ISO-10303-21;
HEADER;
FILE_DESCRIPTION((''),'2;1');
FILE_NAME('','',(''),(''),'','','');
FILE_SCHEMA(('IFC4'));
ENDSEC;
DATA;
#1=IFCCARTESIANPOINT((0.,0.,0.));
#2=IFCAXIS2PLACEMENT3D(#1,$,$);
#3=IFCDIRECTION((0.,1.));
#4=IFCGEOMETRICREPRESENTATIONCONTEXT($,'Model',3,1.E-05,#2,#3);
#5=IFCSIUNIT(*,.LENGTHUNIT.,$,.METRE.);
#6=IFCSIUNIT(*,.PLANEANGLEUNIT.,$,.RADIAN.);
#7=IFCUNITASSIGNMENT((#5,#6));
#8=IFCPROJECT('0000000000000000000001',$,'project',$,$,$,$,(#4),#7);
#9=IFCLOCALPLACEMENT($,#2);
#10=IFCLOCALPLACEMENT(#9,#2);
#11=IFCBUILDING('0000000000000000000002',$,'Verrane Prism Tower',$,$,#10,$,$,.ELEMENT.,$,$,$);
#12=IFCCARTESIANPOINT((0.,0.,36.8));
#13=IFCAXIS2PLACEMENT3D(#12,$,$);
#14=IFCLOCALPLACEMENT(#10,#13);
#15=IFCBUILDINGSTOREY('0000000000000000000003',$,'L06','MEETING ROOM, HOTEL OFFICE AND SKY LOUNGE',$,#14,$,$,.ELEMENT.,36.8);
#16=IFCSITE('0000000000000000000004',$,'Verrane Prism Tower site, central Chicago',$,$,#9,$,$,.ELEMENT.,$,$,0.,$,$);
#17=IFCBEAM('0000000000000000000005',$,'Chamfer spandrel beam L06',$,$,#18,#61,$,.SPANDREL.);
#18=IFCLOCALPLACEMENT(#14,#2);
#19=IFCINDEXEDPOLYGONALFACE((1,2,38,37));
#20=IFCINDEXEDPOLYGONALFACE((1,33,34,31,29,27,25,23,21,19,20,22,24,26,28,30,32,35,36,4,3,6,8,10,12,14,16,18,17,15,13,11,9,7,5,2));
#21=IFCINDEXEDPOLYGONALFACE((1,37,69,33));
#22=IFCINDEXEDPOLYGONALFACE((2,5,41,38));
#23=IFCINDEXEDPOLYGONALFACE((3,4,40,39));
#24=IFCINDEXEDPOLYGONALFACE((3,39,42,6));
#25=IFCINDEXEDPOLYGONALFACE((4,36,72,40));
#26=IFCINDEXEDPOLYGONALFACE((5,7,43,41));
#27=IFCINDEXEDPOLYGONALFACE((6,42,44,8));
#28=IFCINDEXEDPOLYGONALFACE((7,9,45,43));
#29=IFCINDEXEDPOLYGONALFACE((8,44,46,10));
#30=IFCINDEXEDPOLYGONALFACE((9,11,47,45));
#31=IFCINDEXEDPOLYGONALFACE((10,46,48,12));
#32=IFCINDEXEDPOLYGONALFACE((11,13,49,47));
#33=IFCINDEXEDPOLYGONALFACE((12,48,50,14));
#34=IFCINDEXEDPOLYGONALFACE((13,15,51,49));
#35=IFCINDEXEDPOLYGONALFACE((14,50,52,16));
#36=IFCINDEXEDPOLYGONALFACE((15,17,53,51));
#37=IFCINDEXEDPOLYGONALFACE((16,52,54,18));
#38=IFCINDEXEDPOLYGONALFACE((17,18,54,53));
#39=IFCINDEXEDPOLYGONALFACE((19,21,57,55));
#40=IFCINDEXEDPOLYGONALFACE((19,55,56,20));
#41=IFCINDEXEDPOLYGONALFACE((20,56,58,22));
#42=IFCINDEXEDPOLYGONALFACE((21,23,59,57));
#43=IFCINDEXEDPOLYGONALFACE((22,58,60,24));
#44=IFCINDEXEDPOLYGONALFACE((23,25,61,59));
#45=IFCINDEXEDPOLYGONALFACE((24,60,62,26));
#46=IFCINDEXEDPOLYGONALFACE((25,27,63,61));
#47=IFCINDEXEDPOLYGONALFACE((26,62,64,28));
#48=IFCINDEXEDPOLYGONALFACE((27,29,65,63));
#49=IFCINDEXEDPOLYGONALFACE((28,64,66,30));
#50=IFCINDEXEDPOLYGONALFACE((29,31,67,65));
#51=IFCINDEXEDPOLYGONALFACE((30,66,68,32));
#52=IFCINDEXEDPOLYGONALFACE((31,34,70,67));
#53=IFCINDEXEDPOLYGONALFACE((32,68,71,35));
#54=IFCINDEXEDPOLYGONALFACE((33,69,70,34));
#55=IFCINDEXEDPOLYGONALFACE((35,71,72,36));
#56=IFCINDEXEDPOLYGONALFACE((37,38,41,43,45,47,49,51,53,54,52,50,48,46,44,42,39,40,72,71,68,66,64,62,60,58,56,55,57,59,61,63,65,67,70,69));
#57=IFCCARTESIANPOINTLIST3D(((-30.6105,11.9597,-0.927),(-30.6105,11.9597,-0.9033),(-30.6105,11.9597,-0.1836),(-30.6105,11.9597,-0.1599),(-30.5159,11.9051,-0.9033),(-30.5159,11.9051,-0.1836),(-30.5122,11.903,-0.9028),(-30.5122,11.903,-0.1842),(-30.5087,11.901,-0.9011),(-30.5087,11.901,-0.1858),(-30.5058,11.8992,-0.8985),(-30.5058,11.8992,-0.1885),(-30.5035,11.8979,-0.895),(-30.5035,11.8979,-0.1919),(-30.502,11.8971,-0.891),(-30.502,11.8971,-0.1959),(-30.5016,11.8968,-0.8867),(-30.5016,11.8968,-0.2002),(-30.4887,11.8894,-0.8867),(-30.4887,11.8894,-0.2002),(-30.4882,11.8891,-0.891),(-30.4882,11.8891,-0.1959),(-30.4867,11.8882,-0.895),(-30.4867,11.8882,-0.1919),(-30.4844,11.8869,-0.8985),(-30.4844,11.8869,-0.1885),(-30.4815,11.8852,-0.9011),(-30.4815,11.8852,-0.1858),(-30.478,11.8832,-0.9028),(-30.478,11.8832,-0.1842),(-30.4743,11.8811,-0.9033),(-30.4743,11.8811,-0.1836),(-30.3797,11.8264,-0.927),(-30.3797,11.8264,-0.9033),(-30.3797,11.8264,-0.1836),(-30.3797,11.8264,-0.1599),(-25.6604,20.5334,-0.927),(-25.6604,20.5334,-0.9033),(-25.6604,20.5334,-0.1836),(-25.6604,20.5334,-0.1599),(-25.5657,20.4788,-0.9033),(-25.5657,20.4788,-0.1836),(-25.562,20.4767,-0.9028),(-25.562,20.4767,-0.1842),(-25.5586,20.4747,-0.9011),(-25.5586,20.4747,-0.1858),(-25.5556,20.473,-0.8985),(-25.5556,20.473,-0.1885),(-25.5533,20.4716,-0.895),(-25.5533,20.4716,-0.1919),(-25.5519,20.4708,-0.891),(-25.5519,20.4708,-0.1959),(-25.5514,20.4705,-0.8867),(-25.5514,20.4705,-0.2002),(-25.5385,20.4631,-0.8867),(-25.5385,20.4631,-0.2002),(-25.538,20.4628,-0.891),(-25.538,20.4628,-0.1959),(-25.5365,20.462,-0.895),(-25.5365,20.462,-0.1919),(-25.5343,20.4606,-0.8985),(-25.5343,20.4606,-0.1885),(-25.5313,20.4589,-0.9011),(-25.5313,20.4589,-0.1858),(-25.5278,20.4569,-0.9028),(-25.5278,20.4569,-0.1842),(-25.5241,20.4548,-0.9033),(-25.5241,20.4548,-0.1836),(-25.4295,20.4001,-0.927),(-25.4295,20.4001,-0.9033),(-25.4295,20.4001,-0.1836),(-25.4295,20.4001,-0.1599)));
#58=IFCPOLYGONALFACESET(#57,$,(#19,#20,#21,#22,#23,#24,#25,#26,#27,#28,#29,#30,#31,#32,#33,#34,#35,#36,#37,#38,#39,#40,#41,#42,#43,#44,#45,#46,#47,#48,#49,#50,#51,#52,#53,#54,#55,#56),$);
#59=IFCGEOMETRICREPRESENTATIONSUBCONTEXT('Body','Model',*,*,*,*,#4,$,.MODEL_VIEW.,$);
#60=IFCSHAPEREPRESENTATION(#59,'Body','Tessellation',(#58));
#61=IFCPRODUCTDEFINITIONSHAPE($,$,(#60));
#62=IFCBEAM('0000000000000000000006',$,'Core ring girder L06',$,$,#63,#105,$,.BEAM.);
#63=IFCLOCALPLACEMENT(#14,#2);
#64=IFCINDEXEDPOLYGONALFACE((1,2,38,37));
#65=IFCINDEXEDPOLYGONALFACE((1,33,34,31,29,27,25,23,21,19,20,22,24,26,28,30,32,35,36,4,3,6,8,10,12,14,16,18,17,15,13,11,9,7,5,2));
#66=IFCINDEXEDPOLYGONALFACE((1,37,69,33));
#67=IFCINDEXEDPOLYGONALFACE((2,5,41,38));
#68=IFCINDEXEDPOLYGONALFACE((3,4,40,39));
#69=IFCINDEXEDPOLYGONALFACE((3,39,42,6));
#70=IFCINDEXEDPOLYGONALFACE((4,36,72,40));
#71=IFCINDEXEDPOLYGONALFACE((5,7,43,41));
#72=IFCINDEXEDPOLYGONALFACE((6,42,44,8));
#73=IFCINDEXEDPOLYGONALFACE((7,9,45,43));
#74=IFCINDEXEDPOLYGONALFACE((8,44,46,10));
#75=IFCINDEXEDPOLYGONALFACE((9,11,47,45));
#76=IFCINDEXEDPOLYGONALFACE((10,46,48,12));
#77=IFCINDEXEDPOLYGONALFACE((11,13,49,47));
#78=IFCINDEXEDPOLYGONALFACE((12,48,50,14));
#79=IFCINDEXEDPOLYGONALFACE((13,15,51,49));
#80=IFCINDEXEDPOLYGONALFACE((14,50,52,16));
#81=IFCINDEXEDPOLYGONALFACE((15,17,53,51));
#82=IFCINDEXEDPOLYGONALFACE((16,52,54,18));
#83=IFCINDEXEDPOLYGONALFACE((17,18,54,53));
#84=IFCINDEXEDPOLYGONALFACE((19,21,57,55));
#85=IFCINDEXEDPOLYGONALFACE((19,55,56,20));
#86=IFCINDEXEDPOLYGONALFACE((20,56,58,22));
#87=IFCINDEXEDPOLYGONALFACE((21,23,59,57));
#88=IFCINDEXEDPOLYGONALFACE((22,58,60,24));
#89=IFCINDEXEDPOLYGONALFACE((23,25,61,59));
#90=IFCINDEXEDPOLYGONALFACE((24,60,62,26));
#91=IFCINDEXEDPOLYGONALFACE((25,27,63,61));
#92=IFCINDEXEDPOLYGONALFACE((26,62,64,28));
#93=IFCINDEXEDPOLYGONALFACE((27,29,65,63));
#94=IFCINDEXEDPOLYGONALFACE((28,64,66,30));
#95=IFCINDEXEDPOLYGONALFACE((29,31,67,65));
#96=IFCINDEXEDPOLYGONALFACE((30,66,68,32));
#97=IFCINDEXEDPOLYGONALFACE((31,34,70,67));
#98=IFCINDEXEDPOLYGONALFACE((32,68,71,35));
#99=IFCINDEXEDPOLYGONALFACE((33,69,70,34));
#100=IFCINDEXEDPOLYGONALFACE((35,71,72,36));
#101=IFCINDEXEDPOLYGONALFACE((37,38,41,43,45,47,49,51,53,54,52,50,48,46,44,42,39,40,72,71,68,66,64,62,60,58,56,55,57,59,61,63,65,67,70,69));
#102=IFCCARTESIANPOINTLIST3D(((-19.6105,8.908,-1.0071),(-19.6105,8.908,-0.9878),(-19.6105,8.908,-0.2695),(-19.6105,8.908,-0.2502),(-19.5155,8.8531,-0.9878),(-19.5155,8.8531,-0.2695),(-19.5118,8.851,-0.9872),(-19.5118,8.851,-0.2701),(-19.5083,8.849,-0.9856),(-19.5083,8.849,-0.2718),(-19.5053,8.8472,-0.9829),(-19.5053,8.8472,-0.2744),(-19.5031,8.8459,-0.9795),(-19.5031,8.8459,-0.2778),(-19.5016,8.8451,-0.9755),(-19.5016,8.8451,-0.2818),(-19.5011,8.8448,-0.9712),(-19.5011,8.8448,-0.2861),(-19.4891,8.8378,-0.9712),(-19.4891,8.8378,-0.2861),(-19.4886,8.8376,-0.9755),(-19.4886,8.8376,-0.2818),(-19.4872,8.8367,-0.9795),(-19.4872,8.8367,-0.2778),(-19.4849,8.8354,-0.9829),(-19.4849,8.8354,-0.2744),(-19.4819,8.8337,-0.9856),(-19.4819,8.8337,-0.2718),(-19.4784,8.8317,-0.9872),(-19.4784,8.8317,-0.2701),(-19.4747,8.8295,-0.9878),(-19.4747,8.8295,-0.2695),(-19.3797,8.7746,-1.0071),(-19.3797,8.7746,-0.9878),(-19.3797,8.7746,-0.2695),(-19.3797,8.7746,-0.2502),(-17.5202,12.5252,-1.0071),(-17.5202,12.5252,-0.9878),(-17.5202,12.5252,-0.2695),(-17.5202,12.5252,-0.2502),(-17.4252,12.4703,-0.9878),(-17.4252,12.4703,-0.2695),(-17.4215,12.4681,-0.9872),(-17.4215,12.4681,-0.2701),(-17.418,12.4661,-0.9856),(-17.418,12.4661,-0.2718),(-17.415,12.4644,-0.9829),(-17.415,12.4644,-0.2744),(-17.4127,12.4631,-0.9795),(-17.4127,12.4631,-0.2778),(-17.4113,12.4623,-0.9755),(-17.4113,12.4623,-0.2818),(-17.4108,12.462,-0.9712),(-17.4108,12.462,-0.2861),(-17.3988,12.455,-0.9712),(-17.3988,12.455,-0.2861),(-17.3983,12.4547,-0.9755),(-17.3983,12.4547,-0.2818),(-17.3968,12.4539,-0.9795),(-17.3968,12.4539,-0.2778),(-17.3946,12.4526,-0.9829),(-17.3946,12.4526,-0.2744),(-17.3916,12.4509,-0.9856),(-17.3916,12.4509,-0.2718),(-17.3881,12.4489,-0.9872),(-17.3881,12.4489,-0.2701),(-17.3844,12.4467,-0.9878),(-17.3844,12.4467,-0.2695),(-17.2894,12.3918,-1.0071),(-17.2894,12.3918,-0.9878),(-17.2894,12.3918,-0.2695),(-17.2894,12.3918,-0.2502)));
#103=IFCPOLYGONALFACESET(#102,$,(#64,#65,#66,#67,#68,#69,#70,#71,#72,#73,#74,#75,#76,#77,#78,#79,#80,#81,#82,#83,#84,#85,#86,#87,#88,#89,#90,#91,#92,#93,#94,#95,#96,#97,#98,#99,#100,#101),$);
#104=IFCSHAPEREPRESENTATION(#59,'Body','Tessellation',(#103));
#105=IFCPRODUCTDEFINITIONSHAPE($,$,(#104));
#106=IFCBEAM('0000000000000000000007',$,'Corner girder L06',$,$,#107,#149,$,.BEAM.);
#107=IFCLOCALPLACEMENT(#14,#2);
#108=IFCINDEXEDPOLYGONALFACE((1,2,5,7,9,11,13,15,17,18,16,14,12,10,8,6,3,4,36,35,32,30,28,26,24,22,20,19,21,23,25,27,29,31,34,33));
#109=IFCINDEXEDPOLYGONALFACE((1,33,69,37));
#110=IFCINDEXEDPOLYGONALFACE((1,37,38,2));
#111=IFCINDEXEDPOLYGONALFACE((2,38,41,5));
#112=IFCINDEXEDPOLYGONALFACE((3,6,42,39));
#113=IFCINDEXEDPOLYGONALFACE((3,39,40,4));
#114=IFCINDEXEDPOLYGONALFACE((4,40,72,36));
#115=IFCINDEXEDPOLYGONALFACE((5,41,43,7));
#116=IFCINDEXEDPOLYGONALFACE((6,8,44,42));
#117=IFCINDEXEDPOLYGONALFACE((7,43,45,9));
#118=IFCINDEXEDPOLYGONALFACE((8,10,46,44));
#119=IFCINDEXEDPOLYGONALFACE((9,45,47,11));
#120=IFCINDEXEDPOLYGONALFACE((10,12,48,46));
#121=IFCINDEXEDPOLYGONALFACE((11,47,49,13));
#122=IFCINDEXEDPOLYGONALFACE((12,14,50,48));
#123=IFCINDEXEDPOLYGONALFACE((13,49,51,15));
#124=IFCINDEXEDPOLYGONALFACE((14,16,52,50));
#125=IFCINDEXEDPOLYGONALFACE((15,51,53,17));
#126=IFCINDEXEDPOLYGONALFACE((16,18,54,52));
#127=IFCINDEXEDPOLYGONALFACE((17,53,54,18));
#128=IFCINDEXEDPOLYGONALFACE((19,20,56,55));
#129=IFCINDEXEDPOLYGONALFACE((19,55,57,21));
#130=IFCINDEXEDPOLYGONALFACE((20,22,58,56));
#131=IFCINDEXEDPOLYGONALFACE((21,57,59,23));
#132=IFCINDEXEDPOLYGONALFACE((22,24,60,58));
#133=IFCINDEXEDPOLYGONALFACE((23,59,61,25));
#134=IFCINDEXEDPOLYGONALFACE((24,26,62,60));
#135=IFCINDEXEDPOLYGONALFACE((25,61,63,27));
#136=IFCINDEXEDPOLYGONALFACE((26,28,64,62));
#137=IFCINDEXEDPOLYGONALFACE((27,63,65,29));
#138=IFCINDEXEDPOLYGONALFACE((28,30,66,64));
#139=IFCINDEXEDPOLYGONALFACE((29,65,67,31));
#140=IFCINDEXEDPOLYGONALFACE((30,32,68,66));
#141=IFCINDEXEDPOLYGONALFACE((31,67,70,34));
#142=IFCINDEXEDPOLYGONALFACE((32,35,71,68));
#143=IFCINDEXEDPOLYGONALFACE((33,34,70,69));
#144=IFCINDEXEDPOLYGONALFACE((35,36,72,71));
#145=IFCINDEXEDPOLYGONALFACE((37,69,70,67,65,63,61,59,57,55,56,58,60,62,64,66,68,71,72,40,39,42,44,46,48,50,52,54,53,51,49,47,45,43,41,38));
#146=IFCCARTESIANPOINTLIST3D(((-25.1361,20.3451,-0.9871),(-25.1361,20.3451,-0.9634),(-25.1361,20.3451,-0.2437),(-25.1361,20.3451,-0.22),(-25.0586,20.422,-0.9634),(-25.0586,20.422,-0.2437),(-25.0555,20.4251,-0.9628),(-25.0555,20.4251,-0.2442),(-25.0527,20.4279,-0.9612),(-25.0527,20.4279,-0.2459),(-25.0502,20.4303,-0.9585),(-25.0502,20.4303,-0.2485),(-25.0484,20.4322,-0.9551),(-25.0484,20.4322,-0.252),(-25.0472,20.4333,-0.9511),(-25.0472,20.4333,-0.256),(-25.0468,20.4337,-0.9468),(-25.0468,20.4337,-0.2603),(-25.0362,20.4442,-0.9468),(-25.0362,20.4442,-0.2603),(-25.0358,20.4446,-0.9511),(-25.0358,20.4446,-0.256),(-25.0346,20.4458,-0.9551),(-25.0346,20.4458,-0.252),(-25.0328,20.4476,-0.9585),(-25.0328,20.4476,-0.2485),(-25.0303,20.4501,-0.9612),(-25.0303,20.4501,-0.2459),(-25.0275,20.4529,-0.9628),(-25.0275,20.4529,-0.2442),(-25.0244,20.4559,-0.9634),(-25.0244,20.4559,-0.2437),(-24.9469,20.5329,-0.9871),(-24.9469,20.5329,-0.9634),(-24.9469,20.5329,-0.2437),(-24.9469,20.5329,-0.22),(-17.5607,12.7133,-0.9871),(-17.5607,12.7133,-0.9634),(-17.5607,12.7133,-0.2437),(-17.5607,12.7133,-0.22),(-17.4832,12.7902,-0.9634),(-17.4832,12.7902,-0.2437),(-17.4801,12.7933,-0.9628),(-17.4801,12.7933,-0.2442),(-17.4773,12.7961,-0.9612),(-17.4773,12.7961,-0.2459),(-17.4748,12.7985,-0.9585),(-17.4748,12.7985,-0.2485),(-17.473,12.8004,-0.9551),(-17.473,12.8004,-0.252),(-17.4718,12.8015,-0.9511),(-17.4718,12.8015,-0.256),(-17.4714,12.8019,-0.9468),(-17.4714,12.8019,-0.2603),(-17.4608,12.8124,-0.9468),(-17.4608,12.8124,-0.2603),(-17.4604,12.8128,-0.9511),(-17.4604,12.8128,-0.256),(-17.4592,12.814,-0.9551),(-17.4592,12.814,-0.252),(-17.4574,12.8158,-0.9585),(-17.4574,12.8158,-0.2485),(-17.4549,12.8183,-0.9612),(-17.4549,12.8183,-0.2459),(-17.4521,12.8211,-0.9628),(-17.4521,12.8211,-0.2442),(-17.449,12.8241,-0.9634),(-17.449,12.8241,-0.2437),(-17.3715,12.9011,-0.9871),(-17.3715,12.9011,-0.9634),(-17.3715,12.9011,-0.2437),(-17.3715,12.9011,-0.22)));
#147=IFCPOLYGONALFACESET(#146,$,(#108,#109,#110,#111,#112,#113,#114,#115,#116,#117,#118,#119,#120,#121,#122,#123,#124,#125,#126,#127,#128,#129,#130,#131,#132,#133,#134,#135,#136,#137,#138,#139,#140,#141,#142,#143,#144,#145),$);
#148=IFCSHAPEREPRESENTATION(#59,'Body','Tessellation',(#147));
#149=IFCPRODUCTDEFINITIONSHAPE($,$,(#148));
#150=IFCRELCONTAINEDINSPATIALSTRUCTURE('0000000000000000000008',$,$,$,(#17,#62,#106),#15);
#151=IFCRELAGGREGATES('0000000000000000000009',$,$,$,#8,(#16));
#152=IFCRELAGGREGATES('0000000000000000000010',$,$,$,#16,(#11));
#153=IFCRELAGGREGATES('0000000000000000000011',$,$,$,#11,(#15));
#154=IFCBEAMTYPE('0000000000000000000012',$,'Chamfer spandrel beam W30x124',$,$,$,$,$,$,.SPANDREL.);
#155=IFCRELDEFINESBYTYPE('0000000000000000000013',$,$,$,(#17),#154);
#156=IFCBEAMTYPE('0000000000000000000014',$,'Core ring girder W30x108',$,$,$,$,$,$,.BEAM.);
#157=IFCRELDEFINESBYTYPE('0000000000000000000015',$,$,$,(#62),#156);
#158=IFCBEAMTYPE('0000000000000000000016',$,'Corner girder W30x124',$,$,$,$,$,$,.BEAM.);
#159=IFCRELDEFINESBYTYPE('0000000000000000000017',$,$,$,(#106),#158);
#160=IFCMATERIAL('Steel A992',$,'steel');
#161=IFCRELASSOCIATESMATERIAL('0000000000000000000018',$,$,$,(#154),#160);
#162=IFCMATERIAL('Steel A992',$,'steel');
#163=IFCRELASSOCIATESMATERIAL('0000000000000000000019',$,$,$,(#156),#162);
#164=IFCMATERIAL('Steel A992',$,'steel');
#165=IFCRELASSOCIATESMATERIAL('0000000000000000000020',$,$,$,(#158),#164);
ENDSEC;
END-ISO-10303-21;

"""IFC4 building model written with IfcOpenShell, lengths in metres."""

from ifc_helpers import new_model, si_unit, direction, frame, origin, origin_2d, place, context, subcontext, project, spatial, i_section, extrude, material, material_profile, profile_set, type_object, element, save


model = new_model("IFC4")

# Units and contexts
model_context = context("Model", 3, precision=1e-05, world=origin(), true_north=direction((0.0, 1.0)))
body_context = subcontext(model_context, "Body", "Model", "MODEL_VIEW")
ifc_project = project(units=[si_unit("LENGTHUNIT", "METRE"), si_unit("PLANEANGLEUNIT", "RADIAN")], contexts=[model_context])

# Site, building, storey
site_placement = place(None, origin())
site = spatial("IfcSite", under=ifc_project, at=site_placement, Name="Verrane Prism Tower site, central Chicago", CompositionType="ELEMENT", RefElevation=0.0)
building_placement = place(site_placement, origin())
building = spatial("IfcBuilding", under=site, at=building_placement, Name="Verrane Prism Tower", CompositionType="ELEMENT")
storey_placement = place(building_placement, frame((0.0, 0.0, 36.8)))
storey = spatial("IfcBuildingStorey", under=building, at=storey_placement, Name="L06", Description="MEETING ROOM, HOTEL OFFICE AND SKY LOUNGE", CompositionType="ELEMENT", Elevation=36.8)

# Beams
ifc_material_1 = material(Name="Steel A992", Category="steel")
ifc_material_profile_1 = material_profile(ifc_material_1, i_section(OverallWidth=0.2666, OverallDepth=0.7671, WebThickness=0.0149, FlangeThickness=0.0237, FilletRadius=0.0166, at=origin_2d()), Name="W30x124")
ifc_profile_set_1 = profile_set([ifc_material_profile_1], Name="Steel A992")
beam_type_1 = type_object("IfcBeamType", Name="Chamfer spandrel beam W30x124", PredefinedType="SPANDREL", material=ifc_profile_set_1)
beam_1_placement = place(storey_placement, frame((-25.5449, 20.4668, -0.5435), z_axis=(-0.500011, -0.866019, 0.0), x_axis=(0.866019, -0.500011, 0.0)))
element("IfcBeam", 1, at=beam_1_placement, inside=storey, type_object=beam_type_1, Name="Chamfer spandrel beam L06", PredefinedType="SPANDREL", context=body_context, shape_type="SweptSolid", body=[
    extrude(i_section(OverallWidth=0.2666, OverallDepth=0.7671, WebThickness=0.0149, FlangeThickness=0.0237, FilletRadius=0.0166, at=origin_2d()), origin(), (0.0, 0.0, 1.0), 9.9001),
])
ifc_material_2 = material(Name="Steel A992", Category="steel")
ifc_material_profile_2 = material_profile(ifc_material_2, i_section(OverallWidth=0.2666, OverallDepth=0.7568, WebThickness=0.0139, FlangeThickness=0.0193, FilletRadius=0.0166, at=origin_2d()), Name="W30x108")
ifc_profile_set_2 = profile_set([ifc_material_profile_2], Name="Steel A992")
beam_type_2 = type_object("IfcBeamType", Name="Core ring girder W30x108", PredefinedType="BEAM", material=ifc_profile_set_2)
beam_2_placement = place(storey_placement, frame((-17.4048, 12.4585, -0.6287), z_axis=(-0.50035, -0.865823, 0.0), x_axis=(0.865823, -0.50035, 0.0)))
element("IfcBeam", 2, at=beam_2_placement, inside=storey, type_object=beam_type_2, Name="Core ring girder L06", PredefinedType="BEAM", context=body_context, shape_type="SweptSolid", body=[
    extrude(i_section(OverallWidth=0.2666, OverallDepth=0.7568, WebThickness=0.0139, FlangeThickness=0.0193, FilletRadius=0.0166, at=origin_2d()), origin(), (0.0, 0.0, 1.0), 4.1777),
])
ifc_material_3 = material(Name="Steel A992", Category="steel")
ifc_material_profile_3 = material_profile(ifc_material_3, i_section(OverallWidth=0.2666, OverallDepth=0.7671, WebThickness=0.0149, FlangeThickness=0.0237, FilletRadius=0.0166, at=origin_2d()), Name="W30x124")
ifc_profile_set_3 = profile_set([ifc_material_profile_3], Name="Steel A992")
beam_type_3 = type_object("IfcBeamType", Name="Corner girder W30x124", PredefinedType="BEAM", material=ifc_profile_set_3)
beam_3_placement = place(storey_placement, frame((-25.0415, 20.439, -0.6035), z_axis=(0.70448, -0.709724, 0.0), x_axis=(0.709724, 0.70448, 0.0)))
element("IfcBeam", 3, at=beam_3_placement, inside=storey, type_object=beam_type_3, Name="Corner girder L06", PredefinedType="BEAM", context=body_context, shape_type="SweptSolid", body=[
    extrude(i_section(OverallWidth=0.2666, OverallDepth=0.7671, WebThickness=0.0149, FlangeThickness=0.0237, FilletRadius=0.0166, at=origin_2d()), origin(), (0.0, 0.0, 1.0), 10.7532),
])

save(model, "model.ifc")
